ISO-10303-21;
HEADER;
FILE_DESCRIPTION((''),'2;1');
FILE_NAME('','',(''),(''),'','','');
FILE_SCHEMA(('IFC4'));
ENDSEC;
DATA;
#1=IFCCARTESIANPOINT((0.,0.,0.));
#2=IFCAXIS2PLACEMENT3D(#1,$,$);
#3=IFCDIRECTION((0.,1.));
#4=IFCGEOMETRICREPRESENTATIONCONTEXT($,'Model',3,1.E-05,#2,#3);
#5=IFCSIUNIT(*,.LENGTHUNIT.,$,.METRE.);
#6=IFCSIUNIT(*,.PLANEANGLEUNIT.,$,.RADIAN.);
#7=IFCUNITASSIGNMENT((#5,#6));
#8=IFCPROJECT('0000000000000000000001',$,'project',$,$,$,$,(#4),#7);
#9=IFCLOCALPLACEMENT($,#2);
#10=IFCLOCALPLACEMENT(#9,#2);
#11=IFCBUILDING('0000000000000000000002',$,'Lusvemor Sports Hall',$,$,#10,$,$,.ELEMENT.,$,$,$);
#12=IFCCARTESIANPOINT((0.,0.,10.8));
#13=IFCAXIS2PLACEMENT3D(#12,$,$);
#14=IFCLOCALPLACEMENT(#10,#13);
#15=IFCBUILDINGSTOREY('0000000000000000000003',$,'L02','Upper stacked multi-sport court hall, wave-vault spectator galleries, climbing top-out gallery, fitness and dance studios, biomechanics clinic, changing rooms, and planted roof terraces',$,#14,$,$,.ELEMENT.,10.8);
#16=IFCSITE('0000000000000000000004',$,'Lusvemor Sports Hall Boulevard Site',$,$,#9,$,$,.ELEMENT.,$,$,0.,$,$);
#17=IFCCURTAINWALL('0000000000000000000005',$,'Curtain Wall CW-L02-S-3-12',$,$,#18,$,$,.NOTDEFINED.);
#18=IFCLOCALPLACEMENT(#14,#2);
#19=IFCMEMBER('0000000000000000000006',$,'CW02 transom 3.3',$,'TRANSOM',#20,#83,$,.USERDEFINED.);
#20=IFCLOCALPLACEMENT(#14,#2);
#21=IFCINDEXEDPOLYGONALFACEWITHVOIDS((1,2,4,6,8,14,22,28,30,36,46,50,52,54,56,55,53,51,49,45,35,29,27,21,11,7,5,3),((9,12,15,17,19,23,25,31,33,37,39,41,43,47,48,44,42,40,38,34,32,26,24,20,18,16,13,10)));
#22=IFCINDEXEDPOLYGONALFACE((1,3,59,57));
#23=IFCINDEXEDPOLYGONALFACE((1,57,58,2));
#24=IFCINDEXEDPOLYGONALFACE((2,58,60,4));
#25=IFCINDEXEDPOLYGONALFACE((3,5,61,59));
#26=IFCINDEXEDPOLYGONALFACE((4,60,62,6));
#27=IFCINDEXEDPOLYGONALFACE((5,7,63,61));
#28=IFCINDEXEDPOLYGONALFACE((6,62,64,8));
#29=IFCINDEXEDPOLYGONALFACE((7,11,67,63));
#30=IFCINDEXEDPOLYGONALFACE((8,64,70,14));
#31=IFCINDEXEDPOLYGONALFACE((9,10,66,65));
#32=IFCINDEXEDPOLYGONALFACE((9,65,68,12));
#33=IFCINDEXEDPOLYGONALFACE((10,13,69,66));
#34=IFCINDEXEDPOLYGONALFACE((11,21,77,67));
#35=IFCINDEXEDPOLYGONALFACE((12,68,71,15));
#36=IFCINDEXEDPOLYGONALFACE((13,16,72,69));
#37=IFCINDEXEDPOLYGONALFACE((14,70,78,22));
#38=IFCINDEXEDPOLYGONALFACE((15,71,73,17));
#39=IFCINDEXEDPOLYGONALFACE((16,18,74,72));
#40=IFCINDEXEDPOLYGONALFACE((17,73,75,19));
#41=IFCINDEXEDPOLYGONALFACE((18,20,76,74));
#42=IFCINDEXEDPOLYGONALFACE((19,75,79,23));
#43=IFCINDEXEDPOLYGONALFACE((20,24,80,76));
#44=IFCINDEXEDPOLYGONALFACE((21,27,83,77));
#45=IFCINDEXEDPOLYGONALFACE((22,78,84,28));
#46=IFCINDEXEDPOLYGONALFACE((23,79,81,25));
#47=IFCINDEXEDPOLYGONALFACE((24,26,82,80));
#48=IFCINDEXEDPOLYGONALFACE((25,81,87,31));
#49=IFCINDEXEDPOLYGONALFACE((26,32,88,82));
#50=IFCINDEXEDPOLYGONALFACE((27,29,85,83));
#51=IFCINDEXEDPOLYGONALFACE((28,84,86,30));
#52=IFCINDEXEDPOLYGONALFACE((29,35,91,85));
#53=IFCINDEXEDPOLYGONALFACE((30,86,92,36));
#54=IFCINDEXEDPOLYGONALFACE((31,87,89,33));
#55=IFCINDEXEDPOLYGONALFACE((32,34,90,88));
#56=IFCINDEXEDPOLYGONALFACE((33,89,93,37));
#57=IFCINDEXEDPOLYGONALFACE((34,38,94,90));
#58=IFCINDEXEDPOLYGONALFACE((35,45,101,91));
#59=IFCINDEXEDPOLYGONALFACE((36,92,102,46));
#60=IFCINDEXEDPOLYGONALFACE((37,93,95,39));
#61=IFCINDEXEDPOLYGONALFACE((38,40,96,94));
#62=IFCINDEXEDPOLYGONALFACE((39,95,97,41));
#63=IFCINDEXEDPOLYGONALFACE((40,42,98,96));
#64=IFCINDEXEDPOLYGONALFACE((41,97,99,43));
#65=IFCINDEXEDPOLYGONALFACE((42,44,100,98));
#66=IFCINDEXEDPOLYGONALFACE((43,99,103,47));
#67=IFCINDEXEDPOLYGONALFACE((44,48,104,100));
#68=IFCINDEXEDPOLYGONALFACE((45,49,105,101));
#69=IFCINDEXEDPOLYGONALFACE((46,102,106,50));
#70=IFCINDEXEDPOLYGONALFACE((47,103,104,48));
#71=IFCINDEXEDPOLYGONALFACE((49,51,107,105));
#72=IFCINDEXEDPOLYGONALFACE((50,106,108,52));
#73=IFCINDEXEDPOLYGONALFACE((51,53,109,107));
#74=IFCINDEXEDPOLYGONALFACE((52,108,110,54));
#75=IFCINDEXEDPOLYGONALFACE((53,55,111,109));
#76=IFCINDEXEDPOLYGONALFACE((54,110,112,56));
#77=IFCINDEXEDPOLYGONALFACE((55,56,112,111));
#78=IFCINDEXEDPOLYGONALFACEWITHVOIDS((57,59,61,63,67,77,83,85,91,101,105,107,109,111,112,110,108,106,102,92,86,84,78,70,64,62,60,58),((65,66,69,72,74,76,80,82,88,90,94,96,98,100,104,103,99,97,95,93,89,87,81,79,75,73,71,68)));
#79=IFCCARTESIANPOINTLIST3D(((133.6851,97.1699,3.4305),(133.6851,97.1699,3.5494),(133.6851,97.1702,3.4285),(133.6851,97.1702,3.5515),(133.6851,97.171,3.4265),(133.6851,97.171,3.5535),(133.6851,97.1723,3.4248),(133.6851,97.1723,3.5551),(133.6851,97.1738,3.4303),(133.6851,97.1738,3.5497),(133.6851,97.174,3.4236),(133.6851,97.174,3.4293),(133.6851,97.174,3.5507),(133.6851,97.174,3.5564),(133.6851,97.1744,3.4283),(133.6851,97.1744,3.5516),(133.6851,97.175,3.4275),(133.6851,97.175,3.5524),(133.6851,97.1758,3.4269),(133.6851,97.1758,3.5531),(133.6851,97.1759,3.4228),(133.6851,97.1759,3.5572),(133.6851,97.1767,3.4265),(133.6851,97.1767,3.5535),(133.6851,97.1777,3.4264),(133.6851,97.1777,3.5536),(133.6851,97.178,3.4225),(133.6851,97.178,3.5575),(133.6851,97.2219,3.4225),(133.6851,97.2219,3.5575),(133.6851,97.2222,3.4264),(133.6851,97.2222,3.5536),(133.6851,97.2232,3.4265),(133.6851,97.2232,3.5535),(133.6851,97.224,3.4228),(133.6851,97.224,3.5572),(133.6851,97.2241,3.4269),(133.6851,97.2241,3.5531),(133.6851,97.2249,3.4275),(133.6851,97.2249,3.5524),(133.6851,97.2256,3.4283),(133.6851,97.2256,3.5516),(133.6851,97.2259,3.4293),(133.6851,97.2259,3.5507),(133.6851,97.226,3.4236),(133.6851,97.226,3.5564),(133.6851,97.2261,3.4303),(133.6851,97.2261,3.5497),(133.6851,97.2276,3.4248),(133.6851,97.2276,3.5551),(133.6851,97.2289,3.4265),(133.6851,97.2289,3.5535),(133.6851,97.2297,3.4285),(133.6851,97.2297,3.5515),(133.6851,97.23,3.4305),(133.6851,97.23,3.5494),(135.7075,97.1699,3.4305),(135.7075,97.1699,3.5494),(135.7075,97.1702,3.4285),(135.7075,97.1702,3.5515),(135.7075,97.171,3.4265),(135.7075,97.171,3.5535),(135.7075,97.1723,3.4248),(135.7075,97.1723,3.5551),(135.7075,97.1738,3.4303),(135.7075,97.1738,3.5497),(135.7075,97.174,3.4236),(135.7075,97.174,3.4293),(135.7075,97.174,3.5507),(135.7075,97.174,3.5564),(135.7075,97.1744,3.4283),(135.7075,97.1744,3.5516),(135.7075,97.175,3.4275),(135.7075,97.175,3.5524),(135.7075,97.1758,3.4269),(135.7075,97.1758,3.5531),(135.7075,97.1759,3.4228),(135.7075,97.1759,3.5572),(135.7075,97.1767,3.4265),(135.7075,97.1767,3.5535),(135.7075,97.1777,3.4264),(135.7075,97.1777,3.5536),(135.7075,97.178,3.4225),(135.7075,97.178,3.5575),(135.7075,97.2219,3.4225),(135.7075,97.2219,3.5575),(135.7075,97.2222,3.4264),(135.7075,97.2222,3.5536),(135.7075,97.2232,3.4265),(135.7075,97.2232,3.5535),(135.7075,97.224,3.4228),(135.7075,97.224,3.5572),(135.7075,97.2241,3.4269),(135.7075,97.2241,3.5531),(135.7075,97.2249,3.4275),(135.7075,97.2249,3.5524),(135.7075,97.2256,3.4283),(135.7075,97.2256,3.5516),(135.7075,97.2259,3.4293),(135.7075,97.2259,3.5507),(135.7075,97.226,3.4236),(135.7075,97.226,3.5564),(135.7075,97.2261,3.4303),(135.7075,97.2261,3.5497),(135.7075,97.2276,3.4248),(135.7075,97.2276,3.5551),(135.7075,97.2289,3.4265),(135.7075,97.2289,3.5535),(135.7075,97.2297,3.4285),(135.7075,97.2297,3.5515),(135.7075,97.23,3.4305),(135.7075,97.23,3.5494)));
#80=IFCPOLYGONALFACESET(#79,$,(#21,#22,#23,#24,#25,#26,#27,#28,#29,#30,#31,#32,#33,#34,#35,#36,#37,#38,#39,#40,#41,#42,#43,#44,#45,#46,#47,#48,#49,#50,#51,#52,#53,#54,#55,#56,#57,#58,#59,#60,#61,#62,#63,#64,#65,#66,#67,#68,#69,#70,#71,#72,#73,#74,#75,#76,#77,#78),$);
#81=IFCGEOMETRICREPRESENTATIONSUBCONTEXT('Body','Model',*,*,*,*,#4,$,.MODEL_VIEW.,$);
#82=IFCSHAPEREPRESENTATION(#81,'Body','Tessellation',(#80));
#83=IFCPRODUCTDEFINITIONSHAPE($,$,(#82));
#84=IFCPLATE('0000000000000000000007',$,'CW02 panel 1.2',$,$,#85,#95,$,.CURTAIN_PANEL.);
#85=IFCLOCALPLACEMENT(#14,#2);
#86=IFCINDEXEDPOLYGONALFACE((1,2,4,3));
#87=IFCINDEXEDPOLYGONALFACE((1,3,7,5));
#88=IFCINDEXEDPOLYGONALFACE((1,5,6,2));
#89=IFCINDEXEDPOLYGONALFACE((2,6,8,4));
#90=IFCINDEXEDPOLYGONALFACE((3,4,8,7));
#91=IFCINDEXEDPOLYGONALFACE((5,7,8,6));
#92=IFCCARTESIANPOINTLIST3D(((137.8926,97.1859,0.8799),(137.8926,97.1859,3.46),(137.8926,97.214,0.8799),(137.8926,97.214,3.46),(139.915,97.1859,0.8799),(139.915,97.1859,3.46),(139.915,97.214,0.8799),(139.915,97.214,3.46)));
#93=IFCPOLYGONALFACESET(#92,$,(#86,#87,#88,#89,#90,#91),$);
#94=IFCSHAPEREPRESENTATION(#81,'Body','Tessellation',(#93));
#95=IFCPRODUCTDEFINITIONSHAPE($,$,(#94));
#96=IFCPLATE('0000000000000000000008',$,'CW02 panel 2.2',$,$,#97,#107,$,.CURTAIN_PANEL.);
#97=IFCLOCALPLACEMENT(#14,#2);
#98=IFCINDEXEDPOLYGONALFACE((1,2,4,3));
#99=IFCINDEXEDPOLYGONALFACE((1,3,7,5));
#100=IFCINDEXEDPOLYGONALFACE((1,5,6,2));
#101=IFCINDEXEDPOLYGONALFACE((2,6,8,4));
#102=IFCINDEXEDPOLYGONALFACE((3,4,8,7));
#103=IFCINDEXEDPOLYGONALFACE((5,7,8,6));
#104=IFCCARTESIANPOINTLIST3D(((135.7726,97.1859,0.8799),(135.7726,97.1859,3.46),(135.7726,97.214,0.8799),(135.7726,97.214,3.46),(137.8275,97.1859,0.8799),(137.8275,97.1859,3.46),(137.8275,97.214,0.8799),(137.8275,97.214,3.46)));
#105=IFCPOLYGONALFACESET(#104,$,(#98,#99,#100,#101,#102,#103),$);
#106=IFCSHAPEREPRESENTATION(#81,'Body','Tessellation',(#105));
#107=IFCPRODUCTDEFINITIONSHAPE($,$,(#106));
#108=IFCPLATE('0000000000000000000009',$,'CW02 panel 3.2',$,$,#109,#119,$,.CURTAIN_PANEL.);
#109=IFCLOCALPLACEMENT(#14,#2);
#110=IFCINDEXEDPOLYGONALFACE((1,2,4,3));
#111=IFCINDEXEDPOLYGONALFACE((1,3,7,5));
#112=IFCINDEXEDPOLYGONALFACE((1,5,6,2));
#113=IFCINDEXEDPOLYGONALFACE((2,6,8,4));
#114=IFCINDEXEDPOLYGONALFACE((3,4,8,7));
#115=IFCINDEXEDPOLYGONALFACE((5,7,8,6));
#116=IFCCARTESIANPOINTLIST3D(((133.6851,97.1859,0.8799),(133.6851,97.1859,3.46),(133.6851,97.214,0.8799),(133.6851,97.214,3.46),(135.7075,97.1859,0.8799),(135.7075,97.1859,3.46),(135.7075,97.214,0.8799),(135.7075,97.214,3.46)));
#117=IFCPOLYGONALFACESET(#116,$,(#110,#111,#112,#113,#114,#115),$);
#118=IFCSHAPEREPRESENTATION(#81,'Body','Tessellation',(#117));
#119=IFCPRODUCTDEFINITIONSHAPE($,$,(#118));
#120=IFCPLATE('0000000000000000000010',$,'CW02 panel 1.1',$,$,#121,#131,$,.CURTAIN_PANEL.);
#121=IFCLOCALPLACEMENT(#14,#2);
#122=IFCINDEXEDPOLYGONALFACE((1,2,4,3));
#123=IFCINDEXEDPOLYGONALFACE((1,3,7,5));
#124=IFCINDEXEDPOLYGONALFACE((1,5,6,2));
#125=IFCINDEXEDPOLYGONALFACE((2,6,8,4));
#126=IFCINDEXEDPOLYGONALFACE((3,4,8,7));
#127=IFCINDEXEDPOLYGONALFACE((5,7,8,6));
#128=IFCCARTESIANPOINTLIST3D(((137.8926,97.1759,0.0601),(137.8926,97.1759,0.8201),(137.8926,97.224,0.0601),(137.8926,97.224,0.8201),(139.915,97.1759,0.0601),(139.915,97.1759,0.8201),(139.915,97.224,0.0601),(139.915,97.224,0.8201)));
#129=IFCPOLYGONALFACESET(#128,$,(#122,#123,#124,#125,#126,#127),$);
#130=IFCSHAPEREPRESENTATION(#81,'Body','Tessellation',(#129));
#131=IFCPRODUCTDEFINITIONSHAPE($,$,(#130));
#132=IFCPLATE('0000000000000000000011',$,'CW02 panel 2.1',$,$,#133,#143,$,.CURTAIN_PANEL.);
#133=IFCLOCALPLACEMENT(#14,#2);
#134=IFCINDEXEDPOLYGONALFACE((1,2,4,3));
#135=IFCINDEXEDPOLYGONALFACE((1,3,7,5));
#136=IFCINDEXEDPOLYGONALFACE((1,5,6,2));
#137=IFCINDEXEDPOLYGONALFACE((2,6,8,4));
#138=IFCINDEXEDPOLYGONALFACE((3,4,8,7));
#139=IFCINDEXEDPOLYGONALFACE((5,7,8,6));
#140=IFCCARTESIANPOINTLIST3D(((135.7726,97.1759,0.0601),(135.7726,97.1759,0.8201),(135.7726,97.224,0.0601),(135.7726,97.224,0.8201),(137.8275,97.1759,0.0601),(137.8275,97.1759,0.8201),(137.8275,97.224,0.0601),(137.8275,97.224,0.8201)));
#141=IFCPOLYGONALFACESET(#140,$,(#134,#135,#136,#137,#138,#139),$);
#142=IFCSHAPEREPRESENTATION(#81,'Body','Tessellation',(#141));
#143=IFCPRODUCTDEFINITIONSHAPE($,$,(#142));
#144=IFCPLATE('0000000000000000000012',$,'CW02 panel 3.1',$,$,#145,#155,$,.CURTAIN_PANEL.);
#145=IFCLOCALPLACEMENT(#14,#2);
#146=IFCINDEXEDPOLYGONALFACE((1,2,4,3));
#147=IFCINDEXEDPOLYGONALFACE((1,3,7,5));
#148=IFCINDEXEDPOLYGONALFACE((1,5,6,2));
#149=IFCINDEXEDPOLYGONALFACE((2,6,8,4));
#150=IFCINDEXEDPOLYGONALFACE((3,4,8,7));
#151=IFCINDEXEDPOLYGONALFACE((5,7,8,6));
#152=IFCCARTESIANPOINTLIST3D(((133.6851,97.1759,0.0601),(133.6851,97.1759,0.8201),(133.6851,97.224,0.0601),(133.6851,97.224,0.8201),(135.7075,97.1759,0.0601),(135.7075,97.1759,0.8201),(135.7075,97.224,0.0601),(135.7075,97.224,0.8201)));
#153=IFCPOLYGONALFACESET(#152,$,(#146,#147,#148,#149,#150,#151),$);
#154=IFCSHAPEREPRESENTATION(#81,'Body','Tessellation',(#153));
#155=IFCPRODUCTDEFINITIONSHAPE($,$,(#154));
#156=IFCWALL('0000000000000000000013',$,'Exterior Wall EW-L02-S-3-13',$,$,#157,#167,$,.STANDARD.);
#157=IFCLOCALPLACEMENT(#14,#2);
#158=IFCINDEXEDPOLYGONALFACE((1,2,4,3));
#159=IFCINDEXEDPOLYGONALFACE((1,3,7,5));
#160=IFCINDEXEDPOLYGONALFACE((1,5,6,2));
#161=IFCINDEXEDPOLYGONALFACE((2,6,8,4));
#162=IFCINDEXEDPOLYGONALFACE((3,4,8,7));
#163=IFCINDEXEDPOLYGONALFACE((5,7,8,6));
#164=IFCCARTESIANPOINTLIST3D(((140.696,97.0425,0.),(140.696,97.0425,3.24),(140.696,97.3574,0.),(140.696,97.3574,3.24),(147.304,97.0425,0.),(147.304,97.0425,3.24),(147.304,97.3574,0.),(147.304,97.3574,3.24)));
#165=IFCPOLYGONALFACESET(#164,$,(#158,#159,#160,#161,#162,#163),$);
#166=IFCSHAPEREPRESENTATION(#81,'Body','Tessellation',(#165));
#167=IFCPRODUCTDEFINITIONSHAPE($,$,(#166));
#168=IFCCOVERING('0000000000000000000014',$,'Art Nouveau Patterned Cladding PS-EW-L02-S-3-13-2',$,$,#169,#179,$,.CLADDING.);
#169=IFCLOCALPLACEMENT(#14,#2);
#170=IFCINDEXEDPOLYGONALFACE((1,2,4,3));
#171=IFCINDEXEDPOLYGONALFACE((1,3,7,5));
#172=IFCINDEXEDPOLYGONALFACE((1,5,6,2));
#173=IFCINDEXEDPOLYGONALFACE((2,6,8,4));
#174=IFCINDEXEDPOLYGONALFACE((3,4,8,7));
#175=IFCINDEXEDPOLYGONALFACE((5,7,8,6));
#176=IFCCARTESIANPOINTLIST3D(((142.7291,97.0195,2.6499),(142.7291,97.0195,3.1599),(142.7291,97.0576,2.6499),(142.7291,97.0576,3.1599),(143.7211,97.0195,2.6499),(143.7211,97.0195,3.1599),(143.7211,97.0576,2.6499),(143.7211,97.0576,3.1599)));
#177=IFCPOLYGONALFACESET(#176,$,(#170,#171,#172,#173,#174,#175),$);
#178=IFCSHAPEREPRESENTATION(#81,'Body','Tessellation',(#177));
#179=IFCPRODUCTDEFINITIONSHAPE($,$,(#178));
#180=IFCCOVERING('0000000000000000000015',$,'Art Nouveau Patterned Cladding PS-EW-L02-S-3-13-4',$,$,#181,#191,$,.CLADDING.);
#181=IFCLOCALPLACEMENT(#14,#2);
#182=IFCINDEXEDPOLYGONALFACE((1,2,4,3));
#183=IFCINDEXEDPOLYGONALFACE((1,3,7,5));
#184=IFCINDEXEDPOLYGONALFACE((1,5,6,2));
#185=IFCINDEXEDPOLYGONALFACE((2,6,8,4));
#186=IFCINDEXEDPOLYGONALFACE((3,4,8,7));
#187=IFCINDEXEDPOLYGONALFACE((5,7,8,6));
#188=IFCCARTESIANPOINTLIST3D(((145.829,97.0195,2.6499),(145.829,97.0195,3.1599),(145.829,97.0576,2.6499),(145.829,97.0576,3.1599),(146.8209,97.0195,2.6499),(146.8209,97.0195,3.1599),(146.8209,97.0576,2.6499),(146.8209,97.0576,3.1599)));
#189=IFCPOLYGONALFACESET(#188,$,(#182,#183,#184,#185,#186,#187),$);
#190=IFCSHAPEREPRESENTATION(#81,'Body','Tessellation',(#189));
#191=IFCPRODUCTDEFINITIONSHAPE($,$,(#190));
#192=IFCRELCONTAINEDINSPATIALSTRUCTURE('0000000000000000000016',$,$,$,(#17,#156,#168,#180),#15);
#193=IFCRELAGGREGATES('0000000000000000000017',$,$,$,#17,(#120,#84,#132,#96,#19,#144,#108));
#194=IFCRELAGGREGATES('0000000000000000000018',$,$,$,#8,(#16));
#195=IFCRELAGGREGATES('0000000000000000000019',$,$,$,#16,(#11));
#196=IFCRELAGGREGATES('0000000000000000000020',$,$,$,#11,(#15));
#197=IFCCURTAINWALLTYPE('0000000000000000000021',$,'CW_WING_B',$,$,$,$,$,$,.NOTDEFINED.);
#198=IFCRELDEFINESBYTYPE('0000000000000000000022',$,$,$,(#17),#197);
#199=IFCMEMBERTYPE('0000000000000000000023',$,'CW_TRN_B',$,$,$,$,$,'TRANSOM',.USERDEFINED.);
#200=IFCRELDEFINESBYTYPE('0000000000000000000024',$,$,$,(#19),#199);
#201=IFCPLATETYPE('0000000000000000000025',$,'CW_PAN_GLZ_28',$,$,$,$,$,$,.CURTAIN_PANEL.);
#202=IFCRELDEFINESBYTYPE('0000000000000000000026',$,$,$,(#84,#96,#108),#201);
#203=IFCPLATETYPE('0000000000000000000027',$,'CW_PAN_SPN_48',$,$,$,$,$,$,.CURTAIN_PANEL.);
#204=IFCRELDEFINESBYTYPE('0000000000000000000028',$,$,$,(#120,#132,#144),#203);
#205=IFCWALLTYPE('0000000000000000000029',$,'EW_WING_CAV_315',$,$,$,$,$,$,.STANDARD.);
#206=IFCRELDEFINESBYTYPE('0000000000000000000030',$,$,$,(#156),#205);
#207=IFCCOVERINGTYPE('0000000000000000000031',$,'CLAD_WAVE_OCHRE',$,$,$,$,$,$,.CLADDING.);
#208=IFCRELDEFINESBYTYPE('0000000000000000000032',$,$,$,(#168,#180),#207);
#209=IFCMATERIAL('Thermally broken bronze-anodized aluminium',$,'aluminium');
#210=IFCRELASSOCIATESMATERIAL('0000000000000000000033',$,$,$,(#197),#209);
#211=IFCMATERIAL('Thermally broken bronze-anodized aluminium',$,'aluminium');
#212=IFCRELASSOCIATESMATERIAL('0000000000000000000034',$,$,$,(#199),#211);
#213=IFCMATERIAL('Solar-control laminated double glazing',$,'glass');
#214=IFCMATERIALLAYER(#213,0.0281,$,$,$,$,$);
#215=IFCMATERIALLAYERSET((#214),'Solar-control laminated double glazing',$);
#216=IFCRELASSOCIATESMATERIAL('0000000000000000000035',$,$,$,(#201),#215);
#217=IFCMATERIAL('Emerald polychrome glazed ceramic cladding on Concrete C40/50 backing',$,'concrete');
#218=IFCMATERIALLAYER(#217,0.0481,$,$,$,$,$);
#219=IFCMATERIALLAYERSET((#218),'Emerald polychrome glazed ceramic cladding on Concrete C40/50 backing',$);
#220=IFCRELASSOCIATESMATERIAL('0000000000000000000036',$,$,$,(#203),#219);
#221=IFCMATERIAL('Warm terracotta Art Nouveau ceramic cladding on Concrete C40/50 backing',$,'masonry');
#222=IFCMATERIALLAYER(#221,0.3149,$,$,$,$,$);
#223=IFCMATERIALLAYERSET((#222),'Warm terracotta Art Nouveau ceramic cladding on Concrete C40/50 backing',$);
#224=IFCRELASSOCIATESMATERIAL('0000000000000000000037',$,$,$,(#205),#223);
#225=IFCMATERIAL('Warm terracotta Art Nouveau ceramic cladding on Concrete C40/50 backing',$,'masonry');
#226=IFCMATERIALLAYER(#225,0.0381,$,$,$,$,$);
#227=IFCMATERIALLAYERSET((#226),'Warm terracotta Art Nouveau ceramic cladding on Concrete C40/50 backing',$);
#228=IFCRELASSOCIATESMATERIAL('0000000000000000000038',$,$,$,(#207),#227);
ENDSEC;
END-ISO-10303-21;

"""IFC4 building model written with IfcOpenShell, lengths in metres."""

from ifc_helpers import new_model, si_unit, direction, frame, frame_2d, origin, origin_2d, place, context, subcontext, project, spatial, rectangle, hollow_rectangle, extrude, material, layer, layer_set, material_profile, profile_set, type_object, element, aggregate, save


model = new_model("IFC4")

# Units and contexts
model_context = context("Model", 3, precision=1e-05, world=origin(), true_north=direction((0.0, 1.0)))
body_context = subcontext(model_context, "Body", "Model", "MODEL_VIEW")
ifc_project = project(units=[si_unit("LENGTHUNIT", "METRE"), si_unit("PLANEANGLEUNIT", "RADIAN")], contexts=[model_context])

# Site, building, storey
site_placement = place(None, origin())
site = spatial("IfcSite", under=ifc_project, at=site_placement, Name="Lusvemor Sports Hall Boulevard Site", CompositionType="ELEMENT", RefElevation=0.0)
building_placement = place(site_placement, origin())
building = spatial("IfcBuilding", under=site, at=building_placement, Name="Lusvemor Sports Hall", CompositionType="ELEMENT")
storey_placement = place(building_placement, frame((0.0, 0.0, 10.8)))
storey = spatial("IfcBuildingStorey", under=building, at=storey_placement, Name="L02", Description="Upper stacked multi-sport court hall, wave-vault spectator galleries, climbing top-out gallery, fitness and dance studios, biomechanics clinic, changing rooms, and planted roof terraces", CompositionType="ELEMENT", Elevation=10.8)

# Curtain wall, member, plates
ifc_material_1 = material(Name="Thermally broken bronze-anodized aluminium", Category="aluminium")
curtain_wall_type = type_object("IfcCurtainWallType", Name="CW_WING_B", PredefinedType="NOTDEFINED", material=ifc_material_1)
curtain_wall_placement = place(storey_placement, origin())
curtain_wall = element("IfcCurtainWall", 1, at=curtain_wall_placement, inside=storey, type_object=curtain_wall_type, Name="Curtain Wall CW-L02-S-3-12", PredefinedType="NOTDEFINED")
ifc_material_2 = material(Name="Thermally broken bronze-anodized aluminium", Category="aluminium")
ifc_material_profile_1 = material_profile(ifc_material_2, hollow_rectangle(XDim=0.0601, YDim=0.135, WallThickness=0.0039, InnerFilletRadius=0.0039, OuterFilletRadius=0.0081, at=origin_2d()), Name="CWTRN135x60x4")
ifc_profile_set_1 = profile_set([ifc_material_profile_1], Name="Thermally broken bronze-anodized aluminium")
member_type_1 = type_object("IfcMemberType", Name="CW_TRN_B", ElementType="TRANSOM", PredefinedType="USERDEFINED", material=ifc_profile_set_1)
member_1_placement = place(storey_placement, frame((135.7075, 97.2, 3.49), z_axis=(-1.0, 0.0, 0.0), x_axis=(0.0, -1.0, 0.0)))
member_1 = element("IfcMember", 2, at=member_1_placement, type_object=member_type_1, Name="CW02 transom 3.3", ObjectType="TRANSOM", PredefinedType="USERDEFINED", context=body_context, shape_type="SweptSolid", body=[
    extrude(hollow_rectangle(XDim=0.0601, YDim=0.135, WallThickness=0.0039, InnerFilletRadius=0.0039, OuterFilletRadius=0.0081, at=origin_2d()), origin(), (0.0, 0.0, 1.0), 2.0225),
])
ifc_material_3 = material(Name="Solar-control laminated double glazing", Category="glass")
ifc_layer_1 = layer(ifc_material_3, 0.0281)
ifc_layer_set_1 = layer_set([ifc_layer_1], Name="Solar-control laminated double glazing")
plate_type_1 = type_object("IfcPlateType", Name="CW_PAN_GLZ_28", PredefinedType="CURTAIN_PANEL", material=ifc_layer_set_1)
plate_1_placement = place(storey_placement, frame((138.9038, 97.2, 0.8799), z_axis=(0.0, 0.0, 1.0), x_axis=(-1.0, 0.0, 0.0)))
plate_1 = element("IfcPlate", 3, at=plate_1_placement, type_object=plate_type_1, Name="CW02 panel 1.2", PredefinedType="CURTAIN_PANEL", context=body_context, shape_type="SweptSolid", body=[
    extrude(rectangle(XDim=2.0225, YDim=0.0281, at=origin_2d()), origin(), (0.0, 0.0, 1.0), 2.5801),
])
plate_2_placement = place(storey_placement, frame((136.8, 97.2, 0.8799), z_axis=(0.0, 0.0, 1.0), x_axis=(-1.0, 0.0, 0.0)))
plate_2 = element("IfcPlate", 4, at=plate_2_placement, type_object=plate_type_1, Name="CW02 panel 2.2", PredefinedType="CURTAIN_PANEL", context=body_context, shape_type="SweptSolid", body=[
    extrude(rectangle(XDim=2.0549, YDim=0.0281, at=origin_2d()), origin(), (0.0, 0.0, 1.0), 2.5801),
])
plate_3_placement = place(storey_placement, frame((134.6963, 97.2, 0.8799), z_axis=(0.0, 0.0, 1.0), x_axis=(-1.0, 0.0, 0.0)))
plate_3 = element("IfcPlate", 5, at=plate_3_placement, type_object=plate_type_1, Name="CW02 panel 3.2", PredefinedType="CURTAIN_PANEL", context=body_context, shape_type="SweptSolid", body=[
    extrude(rectangle(XDim=2.0225, YDim=0.0281, at=origin_2d()), origin(), (0.0, 0.0, 1.0), 2.5801),
])
ifc_material_4 = material(Name="Emerald polychrome glazed ceramic cladding on Concrete C40/50 backing", Category="concrete")
ifc_layer_2 = layer(ifc_material_4, 0.0481)
ifc_layer_set_2 = layer_set([ifc_layer_2], Name="Emerald polychrome glazed ceramic cladding on Concrete C40/50 backing")
plate_type_2 = type_object("IfcPlateType", Name="CW_PAN_SPN_48", PredefinedType="CURTAIN_PANEL", material=ifc_layer_set_2)
plate_4_placement = place(storey_placement, frame((138.9038, 97.2, 0.0601), z_axis=(0.0, 0.0, 1.0), x_axis=(-1.0, 0.0, 0.0)))
plate_4 = element("IfcPlate", 6, at=plate_4_placement, type_object=plate_type_2, Name="CW02 panel 1.1", PredefinedType="CURTAIN_PANEL", context=body_context, shape_type="SweptSolid", body=[
    extrude(rectangle(XDim=2.0225, YDim=0.0481, at=origin_2d()), origin(), (0.0, 0.0, 1.0), 0.76),
])
plate_5_placement = place(storey_placement, frame((136.8, 97.2, 0.0601), z_axis=(0.0, 0.0, 1.0), x_axis=(-1.0, 0.0, 0.0)))
plate_5 = element("IfcPlate", 7, at=plate_5_placement, type_object=plate_type_2, Name="CW02 panel 2.1", PredefinedType="CURTAIN_PANEL", context=body_context, shape_type="SweptSolid", body=[
    extrude(rectangle(XDim=2.0549, YDim=0.0481, at=origin_2d()), origin(), (0.0, 0.0, 1.0), 0.76),
])
plate_6_placement = place(storey_placement, frame((134.6963, 97.2, 0.0601), z_axis=(0.0, 0.0, 1.0), x_axis=(-1.0, 0.0, 0.0)))
plate_6 = element("IfcPlate", 8, at=plate_6_placement, type_object=plate_type_2, Name="CW02 panel 3.1", PredefinedType="CURTAIN_PANEL", context=body_context, shape_type="SweptSolid", body=[
    extrude(rectangle(XDim=2.0225, YDim=0.0481, at=origin_2d()), origin(), (0.0, 0.0, 1.0), 0.76),
])
aggregate(curtain_wall, [plate_4, plate_1, plate_5, plate_2, member_1, plate_6, plate_3])

# Wall
ifc_material_5 = material(Name="Warm terracotta Art Nouveau ceramic cladding on Concrete C40/50 backing", Category="masonry")
ifc_layer_3 = layer(ifc_material_5, 0.3149)
ifc_layer_set_3 = layer_set([ifc_layer_3], Name="Warm terracotta Art Nouveau ceramic cladding on Concrete C40/50 backing")
wall_type = type_object("IfcWallType", Name="EW_WING_CAV_315", PredefinedType="STANDARD", material=ifc_layer_set_3)
wall_placement = place(storey_placement, frame((147.304, 97.2, 0.0), z_axis=(0.0, 0.0, 1.0), x_axis=(-1.0, 0.0, 0.0)))
element("IfcWall", 9, at=wall_placement, inside=storey, type_object=wall_type, Name="Exterior Wall EW-L02-S-3-13", PredefinedType="STANDARD", context=body_context, shape_type="SweptSolid", body=[
    extrude(rectangle(XDim=6.6079, YDim=0.3149, at=frame_2d((3.304, 0.0))), origin(), (0.0, 0.0, 1.0), 3.24),
])

# Coverings
ifc_material_6 = material(Name="Warm terracotta Art Nouveau ceramic cladding on Concrete C40/50 backing", Category="masonry")
ifc_layer_4 = layer(ifc_material_6, 0.0381)
ifc_layer_set_4 = layer_set([ifc_layer_4], Name="Warm terracotta Art Nouveau ceramic cladding on Concrete C40/50 backing")
covering_type = type_object("IfcCoveringType", Name="CLAD_WAVE_OCHRE", PredefinedType="CLADDING", material=ifc_layer_set_4)
for number, where, z_axis, x_axis, name in (
    (10, (143.2251, 97.0386, 2.6499), (0.0, 0.0, 1.0), (1.0, 0.0, 0.0), "Art Nouveau Patterned Cladding PS-EW-L02-S-3-13-2"),
    (11, (146.325, 97.0386, 2.6499), (0.0, 0.0, 1.0), (1.0, 0.0, 0.0), "Art Nouveau Patterned Cladding PS-EW-L02-S-3-13-4"),
):
    element("IfcCovering", number, at=place(storey_placement, frame(where, z_axis=z_axis, x_axis=x_axis)), inside=storey, type_object=covering_type, Name=name, PredefinedType="CLADDING", context=body_context, shape_type="SweptSolid", body=[
        extrude(rectangle(XDim=0.9919, YDim=0.0381, at=origin_2d()), origin(), (0.0, 0.0, 1.0), 0.51),
    ])

save(model, "model.ifc")
